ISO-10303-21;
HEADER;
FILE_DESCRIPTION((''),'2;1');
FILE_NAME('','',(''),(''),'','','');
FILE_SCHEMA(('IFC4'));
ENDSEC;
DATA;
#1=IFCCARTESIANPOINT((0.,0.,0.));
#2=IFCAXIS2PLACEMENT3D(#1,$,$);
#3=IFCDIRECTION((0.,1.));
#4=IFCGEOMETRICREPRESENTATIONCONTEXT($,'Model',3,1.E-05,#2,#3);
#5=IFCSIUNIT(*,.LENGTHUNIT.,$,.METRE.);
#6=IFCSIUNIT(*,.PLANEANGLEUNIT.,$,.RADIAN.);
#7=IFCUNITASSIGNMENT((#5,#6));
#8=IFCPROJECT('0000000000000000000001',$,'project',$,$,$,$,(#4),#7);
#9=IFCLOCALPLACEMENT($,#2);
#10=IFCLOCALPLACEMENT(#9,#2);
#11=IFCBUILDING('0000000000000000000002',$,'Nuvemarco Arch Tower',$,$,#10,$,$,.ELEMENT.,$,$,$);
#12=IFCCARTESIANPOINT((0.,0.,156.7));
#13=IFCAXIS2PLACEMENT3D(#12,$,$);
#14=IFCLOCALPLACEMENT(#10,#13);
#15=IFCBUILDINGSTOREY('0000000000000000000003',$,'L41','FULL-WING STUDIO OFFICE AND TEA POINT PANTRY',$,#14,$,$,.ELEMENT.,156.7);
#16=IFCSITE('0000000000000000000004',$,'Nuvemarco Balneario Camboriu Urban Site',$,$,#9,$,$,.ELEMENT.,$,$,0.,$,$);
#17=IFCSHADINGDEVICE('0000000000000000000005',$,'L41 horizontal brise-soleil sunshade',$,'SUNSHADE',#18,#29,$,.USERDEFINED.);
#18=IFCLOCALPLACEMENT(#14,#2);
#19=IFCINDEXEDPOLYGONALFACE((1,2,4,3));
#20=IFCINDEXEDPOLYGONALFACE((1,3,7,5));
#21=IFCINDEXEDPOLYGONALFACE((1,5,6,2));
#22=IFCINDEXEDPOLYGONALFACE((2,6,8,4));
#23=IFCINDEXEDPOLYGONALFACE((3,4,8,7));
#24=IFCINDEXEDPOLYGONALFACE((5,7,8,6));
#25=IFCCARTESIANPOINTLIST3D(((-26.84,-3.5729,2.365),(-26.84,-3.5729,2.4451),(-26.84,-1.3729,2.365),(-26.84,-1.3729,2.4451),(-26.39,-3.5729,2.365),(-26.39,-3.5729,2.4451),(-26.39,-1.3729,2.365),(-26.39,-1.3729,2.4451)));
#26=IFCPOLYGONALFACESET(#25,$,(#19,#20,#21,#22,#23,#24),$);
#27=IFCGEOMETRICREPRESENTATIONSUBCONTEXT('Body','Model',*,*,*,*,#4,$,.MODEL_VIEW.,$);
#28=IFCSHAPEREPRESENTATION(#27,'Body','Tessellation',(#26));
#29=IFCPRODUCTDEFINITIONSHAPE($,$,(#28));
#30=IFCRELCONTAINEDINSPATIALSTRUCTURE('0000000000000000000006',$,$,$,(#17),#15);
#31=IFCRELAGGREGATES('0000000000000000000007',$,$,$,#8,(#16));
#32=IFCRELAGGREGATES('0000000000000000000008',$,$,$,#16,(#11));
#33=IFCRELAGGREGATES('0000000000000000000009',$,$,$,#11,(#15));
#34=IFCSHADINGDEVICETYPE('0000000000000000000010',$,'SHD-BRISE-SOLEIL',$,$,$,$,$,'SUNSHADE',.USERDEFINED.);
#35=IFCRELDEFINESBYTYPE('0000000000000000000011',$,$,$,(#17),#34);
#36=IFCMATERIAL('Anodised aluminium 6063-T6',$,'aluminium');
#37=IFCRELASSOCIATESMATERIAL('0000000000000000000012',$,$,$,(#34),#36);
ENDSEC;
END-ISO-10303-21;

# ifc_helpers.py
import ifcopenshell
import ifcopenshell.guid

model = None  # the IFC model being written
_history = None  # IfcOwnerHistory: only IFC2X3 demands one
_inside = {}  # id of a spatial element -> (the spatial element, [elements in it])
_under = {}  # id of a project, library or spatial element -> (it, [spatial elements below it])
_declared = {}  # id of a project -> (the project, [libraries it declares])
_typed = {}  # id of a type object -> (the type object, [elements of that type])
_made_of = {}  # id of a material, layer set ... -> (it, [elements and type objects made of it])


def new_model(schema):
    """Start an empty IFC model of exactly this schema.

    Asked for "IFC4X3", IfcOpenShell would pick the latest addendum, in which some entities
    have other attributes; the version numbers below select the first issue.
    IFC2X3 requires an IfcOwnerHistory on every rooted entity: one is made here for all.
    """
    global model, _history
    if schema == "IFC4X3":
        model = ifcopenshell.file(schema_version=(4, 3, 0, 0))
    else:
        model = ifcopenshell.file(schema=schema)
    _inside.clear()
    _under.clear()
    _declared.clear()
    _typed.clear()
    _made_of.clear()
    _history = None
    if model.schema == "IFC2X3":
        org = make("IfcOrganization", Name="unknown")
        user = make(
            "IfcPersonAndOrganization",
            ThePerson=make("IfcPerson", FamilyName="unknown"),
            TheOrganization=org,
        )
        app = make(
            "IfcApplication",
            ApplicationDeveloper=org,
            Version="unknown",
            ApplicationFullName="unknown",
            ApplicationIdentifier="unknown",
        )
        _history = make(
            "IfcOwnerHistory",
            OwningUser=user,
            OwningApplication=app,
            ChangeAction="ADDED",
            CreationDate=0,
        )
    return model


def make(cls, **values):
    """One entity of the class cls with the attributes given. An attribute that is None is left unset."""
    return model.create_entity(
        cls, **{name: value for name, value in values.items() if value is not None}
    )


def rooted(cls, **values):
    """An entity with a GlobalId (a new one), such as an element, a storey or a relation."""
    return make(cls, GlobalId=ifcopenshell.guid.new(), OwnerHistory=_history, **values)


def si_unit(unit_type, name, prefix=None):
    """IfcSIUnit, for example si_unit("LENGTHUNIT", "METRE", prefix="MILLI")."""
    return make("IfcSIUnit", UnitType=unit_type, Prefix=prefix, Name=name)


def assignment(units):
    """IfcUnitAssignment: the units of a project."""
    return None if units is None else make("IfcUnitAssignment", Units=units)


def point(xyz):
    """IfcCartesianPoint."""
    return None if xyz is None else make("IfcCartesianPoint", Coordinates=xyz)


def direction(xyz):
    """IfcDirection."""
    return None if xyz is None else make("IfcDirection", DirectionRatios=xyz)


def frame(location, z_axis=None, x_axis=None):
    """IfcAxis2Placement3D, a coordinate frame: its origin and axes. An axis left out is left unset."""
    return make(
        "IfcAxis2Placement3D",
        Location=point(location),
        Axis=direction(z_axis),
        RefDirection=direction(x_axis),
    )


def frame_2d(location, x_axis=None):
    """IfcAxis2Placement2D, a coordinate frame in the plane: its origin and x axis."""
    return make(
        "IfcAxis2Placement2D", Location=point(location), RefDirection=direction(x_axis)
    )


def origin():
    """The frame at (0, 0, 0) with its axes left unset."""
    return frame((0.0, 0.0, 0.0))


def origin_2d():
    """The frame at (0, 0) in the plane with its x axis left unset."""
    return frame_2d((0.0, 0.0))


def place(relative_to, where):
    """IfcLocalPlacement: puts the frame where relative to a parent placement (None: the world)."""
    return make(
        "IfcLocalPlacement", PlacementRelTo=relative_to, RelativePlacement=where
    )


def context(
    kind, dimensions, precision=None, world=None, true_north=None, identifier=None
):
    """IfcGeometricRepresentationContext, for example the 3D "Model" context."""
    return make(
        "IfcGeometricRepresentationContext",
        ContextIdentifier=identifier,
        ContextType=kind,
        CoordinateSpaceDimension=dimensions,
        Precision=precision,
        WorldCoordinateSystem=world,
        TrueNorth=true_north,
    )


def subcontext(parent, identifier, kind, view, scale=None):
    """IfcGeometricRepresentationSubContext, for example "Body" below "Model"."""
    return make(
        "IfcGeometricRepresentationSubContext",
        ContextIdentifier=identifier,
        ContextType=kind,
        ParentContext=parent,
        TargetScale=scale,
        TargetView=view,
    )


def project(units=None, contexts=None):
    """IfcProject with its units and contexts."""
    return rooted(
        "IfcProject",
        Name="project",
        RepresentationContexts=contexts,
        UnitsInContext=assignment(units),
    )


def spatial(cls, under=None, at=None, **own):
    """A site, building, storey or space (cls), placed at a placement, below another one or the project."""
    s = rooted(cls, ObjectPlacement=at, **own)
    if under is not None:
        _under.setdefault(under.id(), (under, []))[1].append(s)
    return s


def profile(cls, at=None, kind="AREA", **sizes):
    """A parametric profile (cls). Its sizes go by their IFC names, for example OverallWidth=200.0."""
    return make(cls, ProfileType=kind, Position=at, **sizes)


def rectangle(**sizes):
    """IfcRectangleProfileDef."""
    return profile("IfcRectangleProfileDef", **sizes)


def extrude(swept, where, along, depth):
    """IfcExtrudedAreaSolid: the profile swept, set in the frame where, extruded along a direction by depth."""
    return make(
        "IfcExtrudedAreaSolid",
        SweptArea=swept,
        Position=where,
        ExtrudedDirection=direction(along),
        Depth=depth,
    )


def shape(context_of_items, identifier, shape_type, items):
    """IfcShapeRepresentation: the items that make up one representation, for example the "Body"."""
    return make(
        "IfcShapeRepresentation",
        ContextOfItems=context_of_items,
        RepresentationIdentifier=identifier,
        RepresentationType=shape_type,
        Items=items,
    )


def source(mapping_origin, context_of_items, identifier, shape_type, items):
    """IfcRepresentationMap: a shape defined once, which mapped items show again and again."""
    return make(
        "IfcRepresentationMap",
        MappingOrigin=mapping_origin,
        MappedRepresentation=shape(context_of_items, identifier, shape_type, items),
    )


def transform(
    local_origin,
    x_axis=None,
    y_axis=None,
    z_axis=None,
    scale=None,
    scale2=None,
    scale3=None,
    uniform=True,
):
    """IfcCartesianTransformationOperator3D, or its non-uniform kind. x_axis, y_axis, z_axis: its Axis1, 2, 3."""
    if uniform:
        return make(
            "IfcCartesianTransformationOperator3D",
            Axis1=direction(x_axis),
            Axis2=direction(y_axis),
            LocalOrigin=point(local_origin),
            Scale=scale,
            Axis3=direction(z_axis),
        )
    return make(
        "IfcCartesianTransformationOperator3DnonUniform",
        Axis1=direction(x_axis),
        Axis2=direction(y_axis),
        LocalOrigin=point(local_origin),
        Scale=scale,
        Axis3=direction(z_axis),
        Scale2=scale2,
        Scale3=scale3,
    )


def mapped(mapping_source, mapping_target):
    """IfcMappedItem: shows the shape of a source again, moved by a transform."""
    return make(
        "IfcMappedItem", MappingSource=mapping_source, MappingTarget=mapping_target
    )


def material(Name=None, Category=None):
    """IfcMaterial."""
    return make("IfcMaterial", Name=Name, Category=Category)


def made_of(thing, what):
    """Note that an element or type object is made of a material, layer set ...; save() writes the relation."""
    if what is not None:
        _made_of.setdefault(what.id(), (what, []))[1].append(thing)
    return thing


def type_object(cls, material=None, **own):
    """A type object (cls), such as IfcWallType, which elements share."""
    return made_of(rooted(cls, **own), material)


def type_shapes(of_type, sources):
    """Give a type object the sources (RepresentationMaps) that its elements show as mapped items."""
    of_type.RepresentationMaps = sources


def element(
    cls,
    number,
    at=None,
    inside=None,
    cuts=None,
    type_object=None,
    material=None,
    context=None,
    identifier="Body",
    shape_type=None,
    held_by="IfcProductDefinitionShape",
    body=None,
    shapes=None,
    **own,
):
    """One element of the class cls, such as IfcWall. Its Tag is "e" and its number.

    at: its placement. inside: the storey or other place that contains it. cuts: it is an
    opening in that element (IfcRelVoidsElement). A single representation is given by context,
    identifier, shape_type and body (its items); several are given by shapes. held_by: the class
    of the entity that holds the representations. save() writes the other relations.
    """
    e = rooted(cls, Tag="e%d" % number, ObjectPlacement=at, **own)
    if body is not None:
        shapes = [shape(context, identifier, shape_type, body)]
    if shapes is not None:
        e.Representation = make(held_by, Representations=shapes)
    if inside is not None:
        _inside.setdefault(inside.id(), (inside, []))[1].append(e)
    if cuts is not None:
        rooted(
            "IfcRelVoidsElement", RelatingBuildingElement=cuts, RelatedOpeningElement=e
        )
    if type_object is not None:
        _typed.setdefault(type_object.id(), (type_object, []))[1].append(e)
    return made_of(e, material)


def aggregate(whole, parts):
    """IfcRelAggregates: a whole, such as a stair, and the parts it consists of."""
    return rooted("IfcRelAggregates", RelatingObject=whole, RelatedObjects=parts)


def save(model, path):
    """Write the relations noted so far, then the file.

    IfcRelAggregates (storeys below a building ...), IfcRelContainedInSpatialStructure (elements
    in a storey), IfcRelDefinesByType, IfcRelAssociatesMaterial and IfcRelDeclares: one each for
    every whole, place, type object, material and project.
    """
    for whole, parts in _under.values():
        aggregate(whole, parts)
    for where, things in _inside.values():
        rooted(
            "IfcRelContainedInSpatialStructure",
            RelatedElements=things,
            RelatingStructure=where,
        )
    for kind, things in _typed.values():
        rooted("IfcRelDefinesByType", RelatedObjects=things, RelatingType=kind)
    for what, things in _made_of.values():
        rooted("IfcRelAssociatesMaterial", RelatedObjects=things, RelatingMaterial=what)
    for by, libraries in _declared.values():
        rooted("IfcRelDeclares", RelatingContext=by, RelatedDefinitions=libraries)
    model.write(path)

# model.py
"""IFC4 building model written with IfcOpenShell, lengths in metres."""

from ifc_helpers import new_model, si_unit, direction, frame, origin, origin_2d, place, context, subcontext, project, spatial, rectangle, extrude, source, transform, mapped, material, type_object, type_shapes, element, save


model = new_model("IFC4")

# Units and contexts
model_context = context("Model", 3, precision=1e-05, world=origin(), true_north=direction((0.0, 1.0)))
body_context = subcontext(model_context, "Body", "Model", "MODEL_VIEW")
ifc_project = project(units=[si_unit("LENGTHUNIT", "METRE"), si_unit("PLANEANGLEUNIT", "RADIAN")], contexts=[model_context])

# Site, building, storey
site_placement = place(None, origin())
site = spatial("IfcSite", under=ifc_project, at=site_placement, Name="Nuvemarco Balneario Camboriu Urban Site", CompositionType="ELEMENT", RefElevation=0.0)
building_placement = place(site_placement, origin())
building = spatial("IfcBuilding", under=site, at=building_placement, Name="Nuvemarco Arch Tower", CompositionType="ELEMENT")
storey_placement = place(building_placement, frame((0.0, 0.0, 156.7)))
storey = spatial("IfcBuildingStorey", under=building, at=storey_placement, Name="L41", Description="FULL-WING STUDIO OFFICE AND TEA POINT PANTRY", CompositionType="ELEMENT", Elevation=156.7)

# Shading device
ifc_material_1 = material(Name="Anodised aluminium 6063-T6", Category="aluminium")
shading_device_type = type_object("IfcShadingDeviceType", Name="SHD-BRISE-SOLEIL", ElementType="SUNSHADE", PredefinedType="USERDEFINED", material=ifc_material_1)
shared_shape = source(origin(), body_context, "Body", "SweptSolid", [
    extrude(rectangle(XDim=2.2, YDim=0.45, at=origin_2d()), origin(), (0.0, 0.0, 1.0), 0.0801),
])
type_shapes(shading_device_type, [shared_shape])
for number, where, z_axis, x_axis, name in (
    (1, (-26.615, -2.4729, 2.365), (0.0, 0.0, 1.0), (0.0, 1.0, 0.0), "L41 horizontal brise-soleil sunshade"),
):
    element("IfcShadingDevice", number, at=place(storey_placement, frame(where, z_axis=z_axis, x_axis=x_axis)), inside=storey, type_object=shading_device_type, Name=name, ObjectType="SUNSHADE", PredefinedType="USERDEFINED", context=body_context, shape_type="MappedRepresentation", body=[
        mapped(shared_shape, transform((0.0, 0.0, 0.0), scale=1.0)),
    ])

save(model, "model.ifc")
